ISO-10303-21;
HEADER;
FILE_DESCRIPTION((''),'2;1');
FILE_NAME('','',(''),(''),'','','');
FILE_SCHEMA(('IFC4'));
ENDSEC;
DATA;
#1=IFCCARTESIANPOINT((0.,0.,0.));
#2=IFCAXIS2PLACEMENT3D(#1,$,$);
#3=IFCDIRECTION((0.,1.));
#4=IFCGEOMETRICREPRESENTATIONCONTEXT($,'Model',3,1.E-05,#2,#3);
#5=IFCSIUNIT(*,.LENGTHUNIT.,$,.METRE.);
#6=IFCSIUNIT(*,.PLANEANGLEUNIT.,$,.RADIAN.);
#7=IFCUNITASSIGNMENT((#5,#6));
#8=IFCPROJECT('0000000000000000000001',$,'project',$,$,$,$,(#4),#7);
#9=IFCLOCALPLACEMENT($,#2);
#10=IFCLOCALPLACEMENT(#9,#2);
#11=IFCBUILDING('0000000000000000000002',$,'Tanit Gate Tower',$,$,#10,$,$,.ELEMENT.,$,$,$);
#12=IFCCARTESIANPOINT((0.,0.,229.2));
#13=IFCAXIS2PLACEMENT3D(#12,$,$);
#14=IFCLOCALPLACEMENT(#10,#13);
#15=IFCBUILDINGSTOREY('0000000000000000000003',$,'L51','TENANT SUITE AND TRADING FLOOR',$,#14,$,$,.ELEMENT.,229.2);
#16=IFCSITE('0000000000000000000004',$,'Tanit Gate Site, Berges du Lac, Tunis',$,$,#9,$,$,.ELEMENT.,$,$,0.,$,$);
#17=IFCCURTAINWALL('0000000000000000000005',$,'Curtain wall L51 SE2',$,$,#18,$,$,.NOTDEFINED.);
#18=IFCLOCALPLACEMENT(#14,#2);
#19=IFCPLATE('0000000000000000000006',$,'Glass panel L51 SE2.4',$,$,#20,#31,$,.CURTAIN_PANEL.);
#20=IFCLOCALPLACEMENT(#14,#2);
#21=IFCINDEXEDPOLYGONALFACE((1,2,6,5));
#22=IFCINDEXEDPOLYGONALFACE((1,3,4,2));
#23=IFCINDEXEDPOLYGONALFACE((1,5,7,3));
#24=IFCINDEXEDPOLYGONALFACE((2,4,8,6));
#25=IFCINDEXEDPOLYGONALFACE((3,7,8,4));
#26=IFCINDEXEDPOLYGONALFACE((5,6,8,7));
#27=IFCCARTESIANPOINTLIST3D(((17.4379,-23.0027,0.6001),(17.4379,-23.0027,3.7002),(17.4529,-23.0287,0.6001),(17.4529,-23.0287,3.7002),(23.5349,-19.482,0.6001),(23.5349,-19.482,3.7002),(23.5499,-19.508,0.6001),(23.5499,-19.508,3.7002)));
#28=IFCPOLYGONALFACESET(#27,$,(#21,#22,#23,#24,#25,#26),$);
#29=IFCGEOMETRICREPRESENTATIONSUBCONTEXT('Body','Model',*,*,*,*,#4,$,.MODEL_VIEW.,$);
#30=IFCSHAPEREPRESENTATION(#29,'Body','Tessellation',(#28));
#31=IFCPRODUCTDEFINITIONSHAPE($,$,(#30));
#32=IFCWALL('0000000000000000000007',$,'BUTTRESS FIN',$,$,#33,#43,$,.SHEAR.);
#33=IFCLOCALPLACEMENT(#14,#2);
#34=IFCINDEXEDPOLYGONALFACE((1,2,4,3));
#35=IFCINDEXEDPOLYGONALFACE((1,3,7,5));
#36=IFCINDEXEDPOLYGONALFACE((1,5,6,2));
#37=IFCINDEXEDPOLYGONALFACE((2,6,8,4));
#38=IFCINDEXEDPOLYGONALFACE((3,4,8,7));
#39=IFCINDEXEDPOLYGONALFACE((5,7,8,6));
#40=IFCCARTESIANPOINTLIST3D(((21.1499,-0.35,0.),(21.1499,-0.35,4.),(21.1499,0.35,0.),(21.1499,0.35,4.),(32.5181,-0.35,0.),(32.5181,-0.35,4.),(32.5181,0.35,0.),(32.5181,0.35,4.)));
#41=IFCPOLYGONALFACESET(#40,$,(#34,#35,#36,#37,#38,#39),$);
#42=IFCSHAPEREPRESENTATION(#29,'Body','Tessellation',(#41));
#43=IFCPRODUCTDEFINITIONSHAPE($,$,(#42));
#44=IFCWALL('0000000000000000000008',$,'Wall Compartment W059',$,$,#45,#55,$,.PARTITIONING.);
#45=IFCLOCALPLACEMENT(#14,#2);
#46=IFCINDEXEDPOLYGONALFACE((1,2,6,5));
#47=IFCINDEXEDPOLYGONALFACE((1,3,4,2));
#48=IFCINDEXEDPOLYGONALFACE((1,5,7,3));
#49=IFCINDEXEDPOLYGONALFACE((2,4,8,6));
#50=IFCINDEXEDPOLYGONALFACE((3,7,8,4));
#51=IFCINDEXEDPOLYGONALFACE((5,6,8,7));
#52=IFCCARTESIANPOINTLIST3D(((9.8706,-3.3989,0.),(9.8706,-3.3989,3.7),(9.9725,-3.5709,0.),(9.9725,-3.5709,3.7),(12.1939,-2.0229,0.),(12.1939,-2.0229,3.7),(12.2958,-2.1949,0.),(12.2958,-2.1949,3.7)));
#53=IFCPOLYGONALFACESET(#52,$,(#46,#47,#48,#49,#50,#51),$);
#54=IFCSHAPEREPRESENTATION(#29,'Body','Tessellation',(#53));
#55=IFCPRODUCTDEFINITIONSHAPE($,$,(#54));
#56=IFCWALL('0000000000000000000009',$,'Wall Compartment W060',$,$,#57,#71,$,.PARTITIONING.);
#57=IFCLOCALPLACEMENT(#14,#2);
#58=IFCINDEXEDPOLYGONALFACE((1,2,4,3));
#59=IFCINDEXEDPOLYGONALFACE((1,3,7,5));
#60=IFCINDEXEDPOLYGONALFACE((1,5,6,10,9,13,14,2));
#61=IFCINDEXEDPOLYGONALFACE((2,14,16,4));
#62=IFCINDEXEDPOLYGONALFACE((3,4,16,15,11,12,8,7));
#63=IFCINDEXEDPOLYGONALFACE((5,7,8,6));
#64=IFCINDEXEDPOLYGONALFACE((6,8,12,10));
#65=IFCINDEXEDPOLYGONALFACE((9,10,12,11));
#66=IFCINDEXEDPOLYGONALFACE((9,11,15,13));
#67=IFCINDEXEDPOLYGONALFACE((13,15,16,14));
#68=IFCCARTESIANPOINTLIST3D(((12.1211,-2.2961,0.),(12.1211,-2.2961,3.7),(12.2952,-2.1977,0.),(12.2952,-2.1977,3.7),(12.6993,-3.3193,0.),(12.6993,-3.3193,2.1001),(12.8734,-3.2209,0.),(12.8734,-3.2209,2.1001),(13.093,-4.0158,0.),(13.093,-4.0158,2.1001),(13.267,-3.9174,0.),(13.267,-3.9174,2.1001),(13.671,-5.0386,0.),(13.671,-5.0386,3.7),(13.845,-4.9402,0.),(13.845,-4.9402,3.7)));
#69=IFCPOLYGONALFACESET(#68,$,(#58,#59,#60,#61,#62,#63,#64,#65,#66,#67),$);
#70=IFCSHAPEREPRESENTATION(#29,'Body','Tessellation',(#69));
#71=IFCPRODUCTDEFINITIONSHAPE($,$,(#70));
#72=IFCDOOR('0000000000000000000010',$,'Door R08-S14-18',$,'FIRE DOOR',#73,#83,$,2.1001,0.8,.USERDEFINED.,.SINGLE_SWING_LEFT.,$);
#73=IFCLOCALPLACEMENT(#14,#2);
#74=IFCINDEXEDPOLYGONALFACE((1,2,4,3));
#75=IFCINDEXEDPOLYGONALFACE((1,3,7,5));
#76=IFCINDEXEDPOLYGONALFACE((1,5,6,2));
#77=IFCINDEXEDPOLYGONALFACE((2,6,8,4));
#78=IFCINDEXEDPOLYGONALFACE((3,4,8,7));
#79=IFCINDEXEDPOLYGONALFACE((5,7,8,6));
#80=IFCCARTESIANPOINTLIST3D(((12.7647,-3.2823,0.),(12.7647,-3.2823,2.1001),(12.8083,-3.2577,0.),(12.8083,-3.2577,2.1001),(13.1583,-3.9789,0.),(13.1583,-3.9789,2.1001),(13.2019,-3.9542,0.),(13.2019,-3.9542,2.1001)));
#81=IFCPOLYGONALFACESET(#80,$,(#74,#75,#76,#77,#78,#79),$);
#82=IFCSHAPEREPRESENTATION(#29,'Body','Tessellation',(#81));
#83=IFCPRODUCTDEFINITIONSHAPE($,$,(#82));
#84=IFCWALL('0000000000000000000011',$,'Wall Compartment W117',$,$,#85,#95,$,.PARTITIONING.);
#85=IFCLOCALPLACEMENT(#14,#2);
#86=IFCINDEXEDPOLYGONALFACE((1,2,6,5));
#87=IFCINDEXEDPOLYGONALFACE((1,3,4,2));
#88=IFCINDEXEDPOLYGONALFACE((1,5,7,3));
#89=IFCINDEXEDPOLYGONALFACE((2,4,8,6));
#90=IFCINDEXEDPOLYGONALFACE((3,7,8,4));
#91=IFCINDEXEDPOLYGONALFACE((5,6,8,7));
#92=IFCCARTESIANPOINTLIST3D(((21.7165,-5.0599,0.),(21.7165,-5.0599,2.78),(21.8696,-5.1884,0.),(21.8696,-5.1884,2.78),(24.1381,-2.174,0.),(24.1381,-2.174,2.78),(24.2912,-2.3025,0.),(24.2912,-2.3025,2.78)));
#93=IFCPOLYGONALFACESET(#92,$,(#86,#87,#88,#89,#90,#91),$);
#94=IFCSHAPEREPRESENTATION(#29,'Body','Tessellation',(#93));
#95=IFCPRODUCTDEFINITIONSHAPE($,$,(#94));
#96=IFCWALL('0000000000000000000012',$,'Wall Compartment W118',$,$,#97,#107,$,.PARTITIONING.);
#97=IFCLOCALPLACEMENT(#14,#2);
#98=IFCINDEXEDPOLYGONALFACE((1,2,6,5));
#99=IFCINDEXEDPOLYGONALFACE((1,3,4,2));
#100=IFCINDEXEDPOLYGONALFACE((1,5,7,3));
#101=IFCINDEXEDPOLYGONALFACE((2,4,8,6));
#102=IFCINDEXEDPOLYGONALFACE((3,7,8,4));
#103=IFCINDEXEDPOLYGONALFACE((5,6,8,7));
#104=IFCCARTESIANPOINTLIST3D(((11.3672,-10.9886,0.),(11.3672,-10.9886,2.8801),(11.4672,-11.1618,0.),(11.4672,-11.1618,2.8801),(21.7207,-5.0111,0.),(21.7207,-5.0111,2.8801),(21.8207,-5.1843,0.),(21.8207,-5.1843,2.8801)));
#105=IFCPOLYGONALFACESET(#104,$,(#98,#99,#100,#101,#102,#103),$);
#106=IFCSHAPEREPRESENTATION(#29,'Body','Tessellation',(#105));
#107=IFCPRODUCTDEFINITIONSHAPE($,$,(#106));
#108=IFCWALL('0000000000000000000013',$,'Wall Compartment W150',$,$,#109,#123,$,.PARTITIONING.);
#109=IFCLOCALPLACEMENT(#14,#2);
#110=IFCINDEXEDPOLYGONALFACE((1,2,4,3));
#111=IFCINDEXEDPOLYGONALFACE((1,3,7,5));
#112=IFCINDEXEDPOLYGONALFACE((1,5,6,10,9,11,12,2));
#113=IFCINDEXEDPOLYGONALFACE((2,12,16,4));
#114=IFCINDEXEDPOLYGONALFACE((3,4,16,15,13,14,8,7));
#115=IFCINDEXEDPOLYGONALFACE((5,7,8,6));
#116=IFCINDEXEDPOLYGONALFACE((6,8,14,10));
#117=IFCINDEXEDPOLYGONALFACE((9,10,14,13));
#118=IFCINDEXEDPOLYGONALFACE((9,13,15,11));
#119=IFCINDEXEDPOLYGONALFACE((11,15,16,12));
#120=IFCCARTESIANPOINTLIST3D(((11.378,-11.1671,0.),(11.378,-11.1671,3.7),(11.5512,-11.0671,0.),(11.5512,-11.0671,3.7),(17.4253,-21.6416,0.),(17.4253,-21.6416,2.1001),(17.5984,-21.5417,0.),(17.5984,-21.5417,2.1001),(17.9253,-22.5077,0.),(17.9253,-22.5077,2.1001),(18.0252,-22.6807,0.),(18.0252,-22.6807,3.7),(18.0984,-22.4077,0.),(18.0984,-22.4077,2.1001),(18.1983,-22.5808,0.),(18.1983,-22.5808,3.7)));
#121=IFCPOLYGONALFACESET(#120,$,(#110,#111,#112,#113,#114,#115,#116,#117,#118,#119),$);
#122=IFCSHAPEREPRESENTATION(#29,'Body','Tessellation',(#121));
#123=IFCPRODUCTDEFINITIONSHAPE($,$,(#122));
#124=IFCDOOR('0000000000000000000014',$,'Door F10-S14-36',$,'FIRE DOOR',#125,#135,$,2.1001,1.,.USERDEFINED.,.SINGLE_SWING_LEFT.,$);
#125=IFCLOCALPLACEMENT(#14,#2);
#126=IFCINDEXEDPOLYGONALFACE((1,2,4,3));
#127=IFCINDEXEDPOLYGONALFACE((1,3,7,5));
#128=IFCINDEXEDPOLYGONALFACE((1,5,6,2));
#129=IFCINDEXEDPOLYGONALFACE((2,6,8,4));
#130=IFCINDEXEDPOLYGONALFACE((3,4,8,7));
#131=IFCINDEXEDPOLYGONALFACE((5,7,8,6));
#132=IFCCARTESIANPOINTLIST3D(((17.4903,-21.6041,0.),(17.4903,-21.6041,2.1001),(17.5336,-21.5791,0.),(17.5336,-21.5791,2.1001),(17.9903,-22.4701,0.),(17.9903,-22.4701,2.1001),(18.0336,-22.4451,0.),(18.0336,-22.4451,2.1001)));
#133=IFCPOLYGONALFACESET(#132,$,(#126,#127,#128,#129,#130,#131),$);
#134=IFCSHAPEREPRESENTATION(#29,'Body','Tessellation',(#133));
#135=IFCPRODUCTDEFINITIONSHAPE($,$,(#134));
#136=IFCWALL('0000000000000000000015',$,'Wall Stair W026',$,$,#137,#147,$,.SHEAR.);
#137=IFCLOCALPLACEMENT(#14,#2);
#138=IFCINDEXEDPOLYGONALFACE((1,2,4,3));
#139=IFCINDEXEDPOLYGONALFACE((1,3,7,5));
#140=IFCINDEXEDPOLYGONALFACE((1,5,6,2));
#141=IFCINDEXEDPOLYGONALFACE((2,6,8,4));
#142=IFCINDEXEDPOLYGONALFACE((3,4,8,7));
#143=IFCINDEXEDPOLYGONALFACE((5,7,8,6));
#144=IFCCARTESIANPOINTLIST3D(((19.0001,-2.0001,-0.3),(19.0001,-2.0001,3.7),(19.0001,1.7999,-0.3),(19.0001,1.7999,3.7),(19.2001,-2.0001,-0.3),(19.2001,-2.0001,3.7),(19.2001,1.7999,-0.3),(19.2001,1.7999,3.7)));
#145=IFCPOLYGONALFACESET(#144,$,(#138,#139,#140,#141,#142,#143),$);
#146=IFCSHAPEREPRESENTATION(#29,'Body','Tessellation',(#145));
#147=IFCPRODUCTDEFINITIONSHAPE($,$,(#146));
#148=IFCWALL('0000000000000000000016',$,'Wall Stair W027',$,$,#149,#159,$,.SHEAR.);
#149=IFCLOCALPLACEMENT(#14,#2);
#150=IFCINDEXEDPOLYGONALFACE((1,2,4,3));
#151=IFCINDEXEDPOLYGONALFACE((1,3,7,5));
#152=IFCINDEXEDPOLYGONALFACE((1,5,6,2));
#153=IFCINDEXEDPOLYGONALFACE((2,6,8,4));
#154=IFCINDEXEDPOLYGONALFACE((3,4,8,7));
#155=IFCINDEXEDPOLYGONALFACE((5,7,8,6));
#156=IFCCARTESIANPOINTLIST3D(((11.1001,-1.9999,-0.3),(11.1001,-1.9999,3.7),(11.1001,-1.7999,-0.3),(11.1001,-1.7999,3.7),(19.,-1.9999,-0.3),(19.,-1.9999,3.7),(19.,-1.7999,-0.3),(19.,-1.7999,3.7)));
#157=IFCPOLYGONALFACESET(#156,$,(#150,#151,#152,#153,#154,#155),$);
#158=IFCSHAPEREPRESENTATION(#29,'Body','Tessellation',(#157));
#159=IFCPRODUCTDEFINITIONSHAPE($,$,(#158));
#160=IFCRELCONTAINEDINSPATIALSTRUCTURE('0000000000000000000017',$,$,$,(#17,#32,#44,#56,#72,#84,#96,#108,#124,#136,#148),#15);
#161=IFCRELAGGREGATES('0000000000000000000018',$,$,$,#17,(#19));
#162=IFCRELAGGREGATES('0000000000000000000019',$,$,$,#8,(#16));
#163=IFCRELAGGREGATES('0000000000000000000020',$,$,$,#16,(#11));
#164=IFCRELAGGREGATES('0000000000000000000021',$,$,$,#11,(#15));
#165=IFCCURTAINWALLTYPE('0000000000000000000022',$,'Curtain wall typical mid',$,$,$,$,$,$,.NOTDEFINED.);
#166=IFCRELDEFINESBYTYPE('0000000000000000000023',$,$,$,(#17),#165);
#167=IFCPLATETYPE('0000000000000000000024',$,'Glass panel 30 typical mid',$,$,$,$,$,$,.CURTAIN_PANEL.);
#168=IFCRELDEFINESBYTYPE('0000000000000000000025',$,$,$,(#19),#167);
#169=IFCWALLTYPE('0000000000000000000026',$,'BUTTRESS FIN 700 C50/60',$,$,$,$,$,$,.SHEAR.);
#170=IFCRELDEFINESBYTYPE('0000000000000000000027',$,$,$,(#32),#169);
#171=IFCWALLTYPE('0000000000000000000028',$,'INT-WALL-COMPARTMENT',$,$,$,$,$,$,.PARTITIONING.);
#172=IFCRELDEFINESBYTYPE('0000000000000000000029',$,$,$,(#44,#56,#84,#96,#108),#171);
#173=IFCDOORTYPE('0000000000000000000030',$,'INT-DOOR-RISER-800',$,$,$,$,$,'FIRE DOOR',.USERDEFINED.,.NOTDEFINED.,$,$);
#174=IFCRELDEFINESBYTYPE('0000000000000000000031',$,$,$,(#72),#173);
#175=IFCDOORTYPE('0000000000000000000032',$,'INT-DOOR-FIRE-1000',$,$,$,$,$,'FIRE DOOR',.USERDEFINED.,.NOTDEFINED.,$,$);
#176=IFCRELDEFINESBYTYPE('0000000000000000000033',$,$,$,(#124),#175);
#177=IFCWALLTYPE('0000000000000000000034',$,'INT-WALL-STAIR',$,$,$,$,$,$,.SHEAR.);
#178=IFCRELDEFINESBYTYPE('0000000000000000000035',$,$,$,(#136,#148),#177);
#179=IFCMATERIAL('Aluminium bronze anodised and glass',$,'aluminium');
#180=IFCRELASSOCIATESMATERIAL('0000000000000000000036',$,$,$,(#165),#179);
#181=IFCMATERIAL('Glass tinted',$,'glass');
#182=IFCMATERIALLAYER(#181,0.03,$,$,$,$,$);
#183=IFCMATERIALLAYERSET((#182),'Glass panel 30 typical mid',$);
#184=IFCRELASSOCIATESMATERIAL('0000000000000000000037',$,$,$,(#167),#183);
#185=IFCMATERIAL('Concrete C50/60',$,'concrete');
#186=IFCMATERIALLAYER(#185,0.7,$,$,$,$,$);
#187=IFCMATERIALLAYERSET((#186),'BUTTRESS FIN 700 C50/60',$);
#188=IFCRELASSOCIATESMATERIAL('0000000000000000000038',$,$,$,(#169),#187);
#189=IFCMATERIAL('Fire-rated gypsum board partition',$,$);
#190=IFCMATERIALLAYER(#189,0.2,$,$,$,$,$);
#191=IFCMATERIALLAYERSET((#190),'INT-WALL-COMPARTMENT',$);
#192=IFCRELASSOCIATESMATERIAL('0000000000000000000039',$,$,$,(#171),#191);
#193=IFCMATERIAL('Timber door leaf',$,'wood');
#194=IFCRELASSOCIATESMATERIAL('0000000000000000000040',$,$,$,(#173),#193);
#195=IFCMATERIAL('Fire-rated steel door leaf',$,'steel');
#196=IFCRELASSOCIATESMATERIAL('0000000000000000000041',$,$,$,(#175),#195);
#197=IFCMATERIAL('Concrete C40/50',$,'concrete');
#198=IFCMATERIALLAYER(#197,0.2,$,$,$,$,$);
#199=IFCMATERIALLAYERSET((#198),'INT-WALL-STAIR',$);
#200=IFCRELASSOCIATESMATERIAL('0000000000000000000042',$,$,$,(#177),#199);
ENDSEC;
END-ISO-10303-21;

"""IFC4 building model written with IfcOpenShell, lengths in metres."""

from ifc_helpers import new_model, si_unit, direction, frame, frame_2d, origin, origin_2d, place, context, subcontext, project, spatial, rectangle, extrude, material, layer, layer_set, type_object, element, fill, aggregate, save


model = new_model("IFC4")

# Units and contexts
model_context = context("Model", 3, precision=1e-05, world=origin(), true_north=direction((0.0, 1.0)))
body_context = subcontext(model_context, "Body", "Model", "MODEL_VIEW")
ifc_project = project(units=[si_unit("LENGTHUNIT", "METRE"), si_unit("PLANEANGLEUNIT", "RADIAN")], contexts=[model_context])

# Site, building, storey
site_placement = place(None, origin())
site = spatial("IfcSite", under=ifc_project, at=site_placement, Name="Tanit Gate Site, Berges du Lac, Tunis", CompositionType="ELEMENT", RefElevation=0.0)
building_placement = place(site_placement, origin())
building = spatial("IfcBuilding", under=site, at=building_placement, Name="Tanit Gate Tower", CompositionType="ELEMENT")
storey_placement = place(building_placement, frame((0.0, 0.0, 229.2)))
storey = spatial("IfcBuildingStorey", under=building, at=storey_placement, Name="L51", Description="TENANT SUITE AND TRADING FLOOR", CompositionType="ELEMENT", Elevation=229.2)

# Curtain wall
ifc_material_1 = material(Name="Aluminium bronze anodised and glass", Category="aluminium")
curtain_wall_type = type_object("IfcCurtainWallType", Name="Curtain wall typical mid", PredefinedType="NOTDEFINED", material=ifc_material_1)
curtain_wall_placement = place(storey_placement, origin())
curtain_wall = element("IfcCurtainWall", 1, at=curtain_wall_placement, inside=storey, type_object=curtain_wall_type, Name="Curtain wall L51 SE2", PredefinedType="NOTDEFINED")

# Plate
ifc_material_2 = material(Name="Glass tinted", Category="glass")
ifc_layer_1 = layer(ifc_material_2, 0.03)
ifc_layer_set_1 = layer_set([ifc_layer_1], Name="Glass panel 30 typical mid")
plate_type = type_object("IfcPlateType", Name="Glass panel 30 typical mid", PredefinedType="CURTAIN_PANEL", material=ifc_layer_set_1)
plate_1_placement = place(storey_placement, frame((20.4939, -21.2554, 0.6001), z_axis=(0.0, 0.0, 1.0), x_axis=(0.865991, 0.50006, 0.0)))
plate_1 = element("IfcPlate", 2, at=plate_1_placement, type_object=plate_type, Name="Glass panel L51 SE2.4", PredefinedType="CURTAIN_PANEL", context=body_context, shape_type="SweptSolid", body=[
    extrude(rectangle(XDim=7.0405, YDim=0.03, at=origin_2d()), origin(), (0.0, 0.0, 1.0), 3.1001),
])
aggregate(curtain_wall, [plate_1])

# Walls
ifc_material_3 = material(Name="Concrete C50/60", Category="concrete")
ifc_layer_2 = layer(ifc_material_3, 0.7)
ifc_layer_set_2 = layer_set([ifc_layer_2], Name="BUTTRESS FIN 700 C50/60")
wall_type_1 = type_object("IfcWallType", Name="BUTTRESS FIN 700 C50/60", PredefinedType="SHEAR", material=ifc_layer_set_2)
wall_1_placement = place(storey_placement, frame((21.1499, 0.0, 0.0), z_axis=(0.0, 0.0, 1.0), x_axis=(1.0, 0.0, 0.0)))
element("IfcWall", 3, at=wall_1_placement, inside=storey, type_object=wall_type_1, Name="BUTTRESS FIN", PredefinedType="SHEAR", context=body_context, shape_type="SweptSolid", body=[
    extrude(rectangle(XDim=11.3682, YDim=0.7, at=frame_2d((5.6841, 0.0))), origin(), (0.0, 0.0, 1.0), 4.0),
])
ifc_material_4 = material(Name="Fire-rated gypsum board partition")
ifc_layer_3 = layer(ifc_material_4, 0.2)
ifc_layer_set_3 = layer_set([ifc_layer_3], Name="INT-WALL-COMPARTMENT")
wall_type_2 = type_object("IfcWallType", Name="INT-WALL-COMPARTMENT", PredefinedType="PARTITIONING", material=ifc_layer_set_3)
wall_2_placement = place(storey_placement, frame((12.2449, -2.1089, 0.0), z_axis=(0.0, 0.0, 1.0), x_axis=(-0.860415, -0.509594, 0.0)))
element("IfcWall", 4, at=wall_2_placement, inside=storey, type_object=wall_type_2, Name="Wall Compartment W059", PredefinedType="PARTITIONING", context=body_context, shape_type="SweptSolid", body=[
    extrude(rectangle(XDim=2.7002, YDim=0.2, at=frame_2d((1.3501, 0.0))), origin(), (0.0, 0.0, 1.0), 3.7),
])

# Wall, opening, door
wall_3_placement = place(storey_placement, frame((13.7581, -4.9895, 0.0), z_axis=(0.0, 0.0, 1.0), x_axis=(-0.491993, 0.870599, 0.0)))
wall_3 = element("IfcWall", 5, at=wall_3_placement, inside=storey, type_object=wall_type_2, Name="Wall Compartment W060", PredefinedType="PARTITIONING", context=body_context, shape_type="SweptSolid", body=[
    extrude(rectangle(XDim=3.1501, YDim=0.2, at=frame_2d((1.5752, 0.0))), origin(), (0.0, 0.0, 1.0), 3.7),
])
opening_1_placement = place(wall_3_placement, frame((1.175, 0.0, 0.0)))
opening_1 = element("IfcOpeningElement", 6, at=opening_1_placement, cuts=wall_3, PredefinedType="OPENING", context=body_context, shape_type="SweptSolid", body=[
    extrude(rectangle(XDim=0.8, YDim=2.1001, at=frame_2d((0.3999, 1.05))), frame((0.0, 0.1099, 0.0), z_axis=(0.0, -1.0, 0.0), x_axis=(1.0, 0.0, 0.0)), (0.0, 0.0, 1.0), 0.22),
])
ifc_material_5 = material(Name="Timber door leaf", Category="wood")
door_type_1 = type_object("IfcDoorType", Name="INT-DOOR-RISER-800", ElementType="FIRE DOOR", OperationType="NOTDEFINED", PredefinedType="USERDEFINED", material=ifc_material_5)
door_1_placement = place(opening_1_placement, origin())
door_1 = element("IfcDoor", 7, at=door_1_placement, inside=storey, type_object=door_type_1, Name="Door R08-S14-18", ObjectType="FIRE DOOR", OperationType="SINGLE_SWING_LEFT", OverallHeight=2.1001, OverallWidth=0.8, PredefinedType="USERDEFINED", context=body_context, shape_type="SweptSolid", body=[
    extrude(rectangle(XDim=0.8, YDim=2.1001, at=frame_2d((0.3999, 1.05))), frame((0.0, 0.0249, 0.0), z_axis=(0.0, -1.0, 0.0), x_axis=(1.0, 0.0, 0.0)), (0.0, 0.0, 1.0), 0.05),
])
fill(opening_1, door_1)

# Walls
wall_4_placement = place(storey_placement, frame((21.793, -5.1243, 0.0), z_axis=(0.0, 0.0, 1.0), x_axis=(0.642788, 0.766044, 0.0)))
element("IfcWall", 8, at=wall_4_placement, inside=storey, type_object=wall_type_2, Name="Wall Compartment W117", PredefinedType="PARTITIONING", context=body_context, shape_type="SweptSolid", body=[
    extrude(rectangle(XDim=3.7673, YDim=0.2, at=frame_2d((1.8838, 0.0))), origin(), (0.0, 0.0, 1.0), 2.78),
])
wall_5_placement = place(storey_placement, frame((11.4172, -11.0752, 0.0), z_axis=(0.0, 0.0, 1.0), x_axis=(0.866028, 0.499996, 0.0)))
element("IfcWall", 9, at=wall_5_placement, inside=storey, type_object=wall_type_2, Name="Wall Compartment W118", PredefinedType="PARTITIONING", context=body_context, shape_type="SweptSolid", body=[
    extrude(rectangle(XDim=11.9551, YDim=0.2, at=frame_2d((5.9775, 0.0))), origin(), (0.0, 0.0, 1.0), 2.8801),
])

# Wall, opening, door
wall_6_placement = place(storey_placement, frame((18.1118, -22.6309, 0.0), z_axis=(0.0, 0.0, 1.0), x_axis=(-0.499988, 0.866032, 0.0)))
wall_6 = element("IfcWall", 10, at=wall_6_placement, inside=storey, type_object=wall_type_2, Name="Wall Compartment W150", PredefinedType="PARTITIONING", context=body_context, shape_type="SweptSolid", body=[
    extrude(rectangle(XDim=13.2947, YDim=0.2, at=frame_2d((6.6475, 0.0))), origin(), (0.0, 0.0, 1.0), 3.7),
])
opening_2_placement = place(wall_6_placement, frame((0.2, 0.0, 0.0)))
opening_2 = element("IfcOpeningElement", 11, at=opening_2_placement, cuts=wall_6, PredefinedType="OPENING", context=body_context, shape_type="SweptSolid", body=[
    extrude(rectangle(XDim=1.0, YDim=2.1001, at=frame_2d((0.5, 1.05))), frame((0.0, 0.1099, 0.0), z_axis=(0.0, -1.0, 0.0), x_axis=(1.0, 0.0, 0.0)), (0.0, 0.0, 1.0), 0.22),
])
ifc_material_6 = material(Name="Fire-rated steel door leaf", Category="steel")
door_type_2 = type_object("IfcDoorType", Name="INT-DOOR-FIRE-1000", ElementType="FIRE DOOR", OperationType="NOTDEFINED", PredefinedType="USERDEFINED", material=ifc_material_6)
door_2_placement = place(opening_2_placement, origin())
door_2 = element("IfcDoor", 12, at=door_2_placement, inside=storey, type_object=door_type_2, Name="Door F10-S14-36", ObjectType="FIRE DOOR", OperationType="SINGLE_SWING_LEFT", OverallHeight=2.1001, OverallWidth=1.0, PredefinedType="USERDEFINED", context=body_context, shape_type="SweptSolid", body=[
    extrude(rectangle(XDim=1.0, YDim=2.1001, at=frame_2d((0.5, 1.05))), frame((0.0, 0.0249, 0.0), z_axis=(0.0, -1.0, 0.0), x_axis=(1.0, 0.0, 0.0)), (0.0, 0.0, 1.0), 0.05),
])
fill(opening_2, door_2)

# Walls
ifc_material_7 = material(Name="Concrete C40/50", Category="concrete")
ifc_layer_4 = layer(ifc_material_7, 0.2)
ifc_layer_set_4 = layer_set([ifc_layer_4], Name="INT-WALL-STAIR")
wall_type_3 = type_object("IfcWallType", Name="INT-WALL-STAIR", PredefinedType="SHEAR", material=ifc_layer_set_4)
wall_7_placement = place(storey_placement, frame((19.1001, -2.0, -0.3), z_axis=(0.0, 0.0, 1.0), x_axis=(0.0, 1.0, 0.0)))
element("IfcWall", 13, at=wall_7_placement, inside=storey, type_object=wall_type_3, Name="Wall Stair W026", PredefinedType="SHEAR", context=body_context, shape_type="SweptSolid", body=[
    extrude(rectangle(XDim=3.8, YDim=0.2, at=frame_2d((1.8999, 0.0))), origin(), (0.0, 0.0, 1.0), 4.0),
])
wall_8_placement = place(storey_placement, frame((11.1001, -1.8999, -0.3), z_axis=(0.0, 0.0, 1.0), x_axis=(1.0, 0.0, 0.0)))
element("IfcWall", 14, at=wall_8_placement, inside=storey, type_object=wall_type_3, Name="Wall Stair W027", PredefinedType="SHEAR", context=body_context, shape_type="SweptSolid", body=[
    extrude(rectangle(XDim=7.8999, YDim=0.2, at=frame_2d((3.95, 0.0))), origin(), (0.0, 0.0, 1.0), 4.0),
])

save(model, "model.ifc")
